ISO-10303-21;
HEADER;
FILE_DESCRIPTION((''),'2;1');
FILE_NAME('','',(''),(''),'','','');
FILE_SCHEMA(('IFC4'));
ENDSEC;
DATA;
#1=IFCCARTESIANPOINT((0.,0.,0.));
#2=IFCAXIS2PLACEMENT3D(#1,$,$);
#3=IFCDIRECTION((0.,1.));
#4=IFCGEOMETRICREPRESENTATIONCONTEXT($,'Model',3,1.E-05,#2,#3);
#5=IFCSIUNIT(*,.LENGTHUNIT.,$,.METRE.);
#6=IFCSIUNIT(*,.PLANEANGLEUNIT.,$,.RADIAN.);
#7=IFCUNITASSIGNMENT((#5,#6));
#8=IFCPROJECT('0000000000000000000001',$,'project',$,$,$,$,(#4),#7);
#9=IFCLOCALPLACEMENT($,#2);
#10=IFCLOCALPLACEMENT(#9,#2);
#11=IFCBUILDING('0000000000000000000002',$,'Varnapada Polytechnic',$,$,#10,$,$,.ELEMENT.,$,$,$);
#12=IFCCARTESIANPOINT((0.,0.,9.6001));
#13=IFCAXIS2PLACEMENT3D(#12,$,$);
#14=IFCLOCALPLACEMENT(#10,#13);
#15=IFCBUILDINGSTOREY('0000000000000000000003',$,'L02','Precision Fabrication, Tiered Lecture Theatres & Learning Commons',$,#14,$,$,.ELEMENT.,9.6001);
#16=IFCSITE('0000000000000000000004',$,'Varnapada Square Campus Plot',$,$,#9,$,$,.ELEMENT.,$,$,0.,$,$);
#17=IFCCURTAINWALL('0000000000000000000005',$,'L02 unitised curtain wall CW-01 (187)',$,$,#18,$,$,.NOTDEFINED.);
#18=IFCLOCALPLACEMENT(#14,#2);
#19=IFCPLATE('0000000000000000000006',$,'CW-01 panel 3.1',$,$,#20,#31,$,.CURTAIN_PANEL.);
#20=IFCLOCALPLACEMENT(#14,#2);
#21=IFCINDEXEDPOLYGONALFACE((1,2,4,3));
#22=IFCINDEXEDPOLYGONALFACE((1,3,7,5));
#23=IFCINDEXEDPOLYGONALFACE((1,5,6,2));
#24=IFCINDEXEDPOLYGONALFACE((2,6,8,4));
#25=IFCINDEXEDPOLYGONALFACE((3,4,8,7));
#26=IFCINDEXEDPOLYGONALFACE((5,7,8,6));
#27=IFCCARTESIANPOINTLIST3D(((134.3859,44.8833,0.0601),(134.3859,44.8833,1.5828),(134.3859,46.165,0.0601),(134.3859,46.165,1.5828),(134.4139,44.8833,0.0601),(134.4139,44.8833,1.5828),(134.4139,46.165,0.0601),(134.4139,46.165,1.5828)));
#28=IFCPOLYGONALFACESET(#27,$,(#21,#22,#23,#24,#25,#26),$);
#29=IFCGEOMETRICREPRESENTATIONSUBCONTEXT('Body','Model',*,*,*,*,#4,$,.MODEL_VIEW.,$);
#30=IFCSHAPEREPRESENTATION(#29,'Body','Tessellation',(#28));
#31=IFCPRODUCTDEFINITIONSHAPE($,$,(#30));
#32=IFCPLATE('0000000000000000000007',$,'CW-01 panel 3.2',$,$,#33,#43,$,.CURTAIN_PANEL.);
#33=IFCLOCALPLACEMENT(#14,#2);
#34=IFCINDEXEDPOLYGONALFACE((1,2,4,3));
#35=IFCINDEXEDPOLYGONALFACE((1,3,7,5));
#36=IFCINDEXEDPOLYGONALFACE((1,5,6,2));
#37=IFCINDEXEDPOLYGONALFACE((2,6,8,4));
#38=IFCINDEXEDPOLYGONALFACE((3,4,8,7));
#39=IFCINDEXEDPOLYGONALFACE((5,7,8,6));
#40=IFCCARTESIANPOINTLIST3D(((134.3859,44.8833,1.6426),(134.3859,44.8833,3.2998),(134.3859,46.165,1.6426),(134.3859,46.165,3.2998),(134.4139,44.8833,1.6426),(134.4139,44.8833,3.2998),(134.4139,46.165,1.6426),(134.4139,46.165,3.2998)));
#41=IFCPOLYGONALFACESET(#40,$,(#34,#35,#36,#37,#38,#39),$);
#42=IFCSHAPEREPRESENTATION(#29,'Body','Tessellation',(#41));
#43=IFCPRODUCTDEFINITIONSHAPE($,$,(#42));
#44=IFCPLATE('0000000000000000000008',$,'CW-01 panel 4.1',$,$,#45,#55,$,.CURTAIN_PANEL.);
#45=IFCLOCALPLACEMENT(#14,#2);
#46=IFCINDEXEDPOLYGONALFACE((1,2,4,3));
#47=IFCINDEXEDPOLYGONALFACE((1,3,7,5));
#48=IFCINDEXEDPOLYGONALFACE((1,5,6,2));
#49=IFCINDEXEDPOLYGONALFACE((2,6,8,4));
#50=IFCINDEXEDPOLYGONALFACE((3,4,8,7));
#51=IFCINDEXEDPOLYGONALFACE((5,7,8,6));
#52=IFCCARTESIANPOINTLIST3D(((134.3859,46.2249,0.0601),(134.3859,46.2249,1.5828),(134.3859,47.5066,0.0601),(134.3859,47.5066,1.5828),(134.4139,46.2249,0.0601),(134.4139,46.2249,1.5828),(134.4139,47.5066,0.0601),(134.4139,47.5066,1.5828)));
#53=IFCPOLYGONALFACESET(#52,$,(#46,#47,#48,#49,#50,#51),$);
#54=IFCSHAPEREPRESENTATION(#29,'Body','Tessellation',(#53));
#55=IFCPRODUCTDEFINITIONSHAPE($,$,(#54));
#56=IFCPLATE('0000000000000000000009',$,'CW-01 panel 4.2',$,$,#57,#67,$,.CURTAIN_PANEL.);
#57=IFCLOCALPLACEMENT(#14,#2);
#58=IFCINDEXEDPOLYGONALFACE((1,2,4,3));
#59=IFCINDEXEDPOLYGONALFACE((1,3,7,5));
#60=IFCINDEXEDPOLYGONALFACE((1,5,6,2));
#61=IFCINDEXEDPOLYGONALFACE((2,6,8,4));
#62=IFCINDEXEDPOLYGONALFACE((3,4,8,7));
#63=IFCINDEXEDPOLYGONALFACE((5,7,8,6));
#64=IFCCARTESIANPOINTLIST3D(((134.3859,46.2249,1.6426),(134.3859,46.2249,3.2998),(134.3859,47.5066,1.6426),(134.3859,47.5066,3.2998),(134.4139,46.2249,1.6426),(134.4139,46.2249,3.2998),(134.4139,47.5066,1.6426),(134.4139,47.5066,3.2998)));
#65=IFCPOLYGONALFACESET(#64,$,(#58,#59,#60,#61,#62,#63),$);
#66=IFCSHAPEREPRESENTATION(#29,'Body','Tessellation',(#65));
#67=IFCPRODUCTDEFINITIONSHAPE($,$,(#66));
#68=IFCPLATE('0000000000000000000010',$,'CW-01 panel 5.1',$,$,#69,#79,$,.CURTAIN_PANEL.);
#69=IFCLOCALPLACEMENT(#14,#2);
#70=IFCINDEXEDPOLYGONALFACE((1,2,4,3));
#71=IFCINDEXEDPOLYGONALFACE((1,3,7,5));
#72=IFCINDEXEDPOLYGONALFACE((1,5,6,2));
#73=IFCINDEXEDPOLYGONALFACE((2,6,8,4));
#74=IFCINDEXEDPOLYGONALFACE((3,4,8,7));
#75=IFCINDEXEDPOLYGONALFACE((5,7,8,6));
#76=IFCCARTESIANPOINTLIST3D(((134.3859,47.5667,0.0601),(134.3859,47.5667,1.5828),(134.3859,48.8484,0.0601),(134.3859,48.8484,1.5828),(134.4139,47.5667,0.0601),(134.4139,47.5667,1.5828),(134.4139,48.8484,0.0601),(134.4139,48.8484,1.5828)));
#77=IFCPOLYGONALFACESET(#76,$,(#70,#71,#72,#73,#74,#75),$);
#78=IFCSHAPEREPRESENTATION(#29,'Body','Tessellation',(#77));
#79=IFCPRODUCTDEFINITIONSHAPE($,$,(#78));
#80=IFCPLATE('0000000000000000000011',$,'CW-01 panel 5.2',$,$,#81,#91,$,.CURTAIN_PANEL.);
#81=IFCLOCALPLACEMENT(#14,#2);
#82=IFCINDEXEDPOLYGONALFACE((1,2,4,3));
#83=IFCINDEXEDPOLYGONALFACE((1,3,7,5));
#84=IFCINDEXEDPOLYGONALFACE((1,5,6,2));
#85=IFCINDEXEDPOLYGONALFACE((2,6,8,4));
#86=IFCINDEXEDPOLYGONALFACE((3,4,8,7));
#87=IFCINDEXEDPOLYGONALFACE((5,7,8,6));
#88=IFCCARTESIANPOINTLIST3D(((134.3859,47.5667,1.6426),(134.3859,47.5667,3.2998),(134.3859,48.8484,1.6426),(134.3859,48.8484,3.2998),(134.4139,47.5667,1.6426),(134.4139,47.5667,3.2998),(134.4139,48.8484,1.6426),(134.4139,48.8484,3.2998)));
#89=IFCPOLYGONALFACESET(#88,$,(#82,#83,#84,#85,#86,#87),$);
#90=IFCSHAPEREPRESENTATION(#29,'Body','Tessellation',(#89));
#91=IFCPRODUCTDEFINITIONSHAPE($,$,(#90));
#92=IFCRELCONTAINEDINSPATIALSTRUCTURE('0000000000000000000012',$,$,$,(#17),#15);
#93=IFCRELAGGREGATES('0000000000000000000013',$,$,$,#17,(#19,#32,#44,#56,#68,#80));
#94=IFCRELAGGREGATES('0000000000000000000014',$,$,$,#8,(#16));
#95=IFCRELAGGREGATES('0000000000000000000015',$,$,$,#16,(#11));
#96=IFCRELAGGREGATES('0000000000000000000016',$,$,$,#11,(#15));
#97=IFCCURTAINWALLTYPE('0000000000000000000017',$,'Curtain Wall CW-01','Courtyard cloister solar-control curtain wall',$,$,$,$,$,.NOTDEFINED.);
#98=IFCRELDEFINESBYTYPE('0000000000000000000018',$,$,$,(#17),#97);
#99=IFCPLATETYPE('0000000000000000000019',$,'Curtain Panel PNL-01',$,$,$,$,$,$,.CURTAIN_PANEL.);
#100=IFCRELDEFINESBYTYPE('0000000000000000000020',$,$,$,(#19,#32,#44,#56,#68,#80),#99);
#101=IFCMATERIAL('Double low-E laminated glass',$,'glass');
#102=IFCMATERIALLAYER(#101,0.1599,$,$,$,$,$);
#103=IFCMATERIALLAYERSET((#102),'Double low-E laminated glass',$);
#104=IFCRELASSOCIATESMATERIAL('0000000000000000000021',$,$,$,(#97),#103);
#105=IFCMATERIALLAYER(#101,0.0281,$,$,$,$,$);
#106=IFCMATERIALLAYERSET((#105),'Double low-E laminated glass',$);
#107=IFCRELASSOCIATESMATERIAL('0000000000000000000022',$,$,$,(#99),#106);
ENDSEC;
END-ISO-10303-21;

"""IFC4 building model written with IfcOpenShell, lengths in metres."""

from ifc_helpers import new_model, si_unit, direction, frame, origin, origin_2d, place, context, subcontext, project, spatial, rectangle, extrude, material, layer, layer_set, type_object, element, aggregate, save


model = new_model("IFC4")

# Units and contexts
model_context = context("Model", 3, precision=1e-05, world=origin(), true_north=direction((0.0, 1.0)))
body_context = subcontext(model_context, "Body", "Model", "MODEL_VIEW")
ifc_project = project(units=[si_unit("LENGTHUNIT", "METRE"), si_unit("PLANEANGLEUNIT", "RADIAN")], contexts=[model_context])

# Site, building, storey
site_placement = place(None, origin())
site = spatial("IfcSite", under=ifc_project, at=site_placement, Name="Varnapada Square Campus Plot", CompositionType="ELEMENT", RefElevation=0.0)
building_placement = place(site_placement, origin())
building = spatial("IfcBuilding", under=site, at=building_placement, Name="Varnapada Polytechnic", CompositionType="ELEMENT")
storey_placement = place(building_placement, frame((0.0, 0.0, 9.6001)))
storey = spatial("IfcBuildingStorey", under=building, at=storey_placement, Name="L02", Description="Precision Fabrication, Tiered Lecture Theatres & Learning Commons", CompositionType="ELEMENT", Elevation=9.6001)

# Curtain wall, plates
ifc_material_1 = material(Name="Double low-E laminated glass", Category="glass")
ifc_layer_1 = layer(ifc_material_1, 0.1599)
ifc_layer_set_1 = layer_set([ifc_layer_1], Name="Double low-E laminated glass")
curtain_wall_type = type_object("IfcCurtainWallType", Name="Curtain Wall CW-01", Description="Courtyard cloister solar-control curtain wall", PredefinedType="NOTDEFINED", material=ifc_layer_set_1)
curtain_wall_placement = place(storey_placement, origin())
curtain_wall = element("IfcCurtainWall", 1, at=curtain_wall_placement, inside=storey, type_object=curtain_wall_type, Name="L02 unitised curtain wall CW-01 (187)", PredefinedType="NOTDEFINED")
ifc_layer_2 = layer(ifc_material_1, 0.0281)
ifc_layer_set_2 = layer_set([ifc_layer_2], Name="Double low-E laminated glass")
plate_type = type_object("IfcPlateType", Name="Curtain Panel PNL-01", PredefinedType="CURTAIN_PANEL", material=ifc_layer_set_2)
plate_1_placement = place(storey_placement, frame((134.3999, 45.5242, 0.0601), z_axis=(0.0, 0.0, 1.0), x_axis=(0.0, 1.0, 0.0)))
plate_1 = element("IfcPlate", 2, at=plate_1_placement, type_object=plate_type, Name="CW-01 panel 3.1", PredefinedType="CURTAIN_PANEL", context=body_context, shape_type="SweptSolid", body=[
    extrude(rectangle(XDim=1.2817, YDim=0.0281, at=origin_2d()), origin(), (0.0, 0.0, 1.0), 1.5227),
])
plate_2_placement = place(storey_placement, frame((134.3999, 45.5242, 1.6426), z_axis=(0.0, 0.0, 1.0), x_axis=(0.0, 1.0, 0.0)))
plate_2 = element("IfcPlate", 3, at=plate_2_placement, type_object=plate_type, Name="CW-01 panel 3.2", PredefinedType="CURTAIN_PANEL", context=body_context, shape_type="SweptSolid", body=[
    extrude(rectangle(XDim=1.2817, YDim=0.0281, at=origin_2d()), origin(), (0.0, 0.0, 1.0), 1.6572),
])
plate_3_placement = place(storey_placement, frame((134.3999, 46.8657, 0.0601), z_axis=(0.0, 0.0, 1.0), x_axis=(0.0, 1.0, 0.0)))
plate_3 = element("IfcPlate", 4, at=plate_3_placement, type_object=plate_type, Name="CW-01 panel 4.1", PredefinedType="CURTAIN_PANEL", context=body_context, shape_type="SweptSolid", body=[
    extrude(rectangle(XDim=1.2817, YDim=0.0281, at=origin_2d()), origin(), (0.0, 0.0, 1.0), 1.5227),
])
plate_4_placement = place(storey_placement, frame((134.3999, 46.8657, 1.6426), z_axis=(0.0, 0.0, 1.0), x_axis=(0.0, 1.0, 0.0)))
plate_4 = element("IfcPlate", 5, at=plate_4_placement, type_object=plate_type, Name="CW-01 panel 4.2", PredefinedType="CURTAIN_PANEL", context=body_context, shape_type="SweptSolid", body=[
    extrude(rectangle(XDim=1.2817, YDim=0.0281, at=origin_2d()), origin(), (0.0, 0.0, 1.0), 1.6572),
])
plate_5_placement = place(storey_placement, frame((134.3999, 48.2075, 0.0601), z_axis=(0.0, 0.0, 1.0), x_axis=(0.0, 1.0, 0.0)))
plate_5 = element("IfcPlate", 6, at=plate_5_placement, type_object=plate_type, Name="CW-01 panel 5.1", PredefinedType="CURTAIN_PANEL", context=body_context, shape_type="SweptSolid", body=[
    extrude(rectangle(XDim=1.2817, YDim=0.0281, at=origin_2d()), origin(), (0.0, 0.0, 1.0), 1.5227),
])
plate_6_placement = place(storey_placement, frame((134.3999, 48.2075, 1.6426), z_axis=(0.0, 0.0, 1.0), x_axis=(0.0, 1.0, 0.0)))
plate_6 = element("IfcPlate", 7, at=plate_6_placement, type_object=plate_type, Name="CW-01 panel 5.2", PredefinedType="CURTAIN_PANEL", context=body_context, shape_type="SweptSolid", body=[
    extrude(rectangle(XDim=1.2817, YDim=0.0281, at=origin_2d()), origin(), (0.0, 0.0, 1.0), 1.6572),
])
aggregate(curtain_wall, [plate_1, plate_2, plate_3, plate_4, plate_5, plate_6])

save(model, "model.ifc")
